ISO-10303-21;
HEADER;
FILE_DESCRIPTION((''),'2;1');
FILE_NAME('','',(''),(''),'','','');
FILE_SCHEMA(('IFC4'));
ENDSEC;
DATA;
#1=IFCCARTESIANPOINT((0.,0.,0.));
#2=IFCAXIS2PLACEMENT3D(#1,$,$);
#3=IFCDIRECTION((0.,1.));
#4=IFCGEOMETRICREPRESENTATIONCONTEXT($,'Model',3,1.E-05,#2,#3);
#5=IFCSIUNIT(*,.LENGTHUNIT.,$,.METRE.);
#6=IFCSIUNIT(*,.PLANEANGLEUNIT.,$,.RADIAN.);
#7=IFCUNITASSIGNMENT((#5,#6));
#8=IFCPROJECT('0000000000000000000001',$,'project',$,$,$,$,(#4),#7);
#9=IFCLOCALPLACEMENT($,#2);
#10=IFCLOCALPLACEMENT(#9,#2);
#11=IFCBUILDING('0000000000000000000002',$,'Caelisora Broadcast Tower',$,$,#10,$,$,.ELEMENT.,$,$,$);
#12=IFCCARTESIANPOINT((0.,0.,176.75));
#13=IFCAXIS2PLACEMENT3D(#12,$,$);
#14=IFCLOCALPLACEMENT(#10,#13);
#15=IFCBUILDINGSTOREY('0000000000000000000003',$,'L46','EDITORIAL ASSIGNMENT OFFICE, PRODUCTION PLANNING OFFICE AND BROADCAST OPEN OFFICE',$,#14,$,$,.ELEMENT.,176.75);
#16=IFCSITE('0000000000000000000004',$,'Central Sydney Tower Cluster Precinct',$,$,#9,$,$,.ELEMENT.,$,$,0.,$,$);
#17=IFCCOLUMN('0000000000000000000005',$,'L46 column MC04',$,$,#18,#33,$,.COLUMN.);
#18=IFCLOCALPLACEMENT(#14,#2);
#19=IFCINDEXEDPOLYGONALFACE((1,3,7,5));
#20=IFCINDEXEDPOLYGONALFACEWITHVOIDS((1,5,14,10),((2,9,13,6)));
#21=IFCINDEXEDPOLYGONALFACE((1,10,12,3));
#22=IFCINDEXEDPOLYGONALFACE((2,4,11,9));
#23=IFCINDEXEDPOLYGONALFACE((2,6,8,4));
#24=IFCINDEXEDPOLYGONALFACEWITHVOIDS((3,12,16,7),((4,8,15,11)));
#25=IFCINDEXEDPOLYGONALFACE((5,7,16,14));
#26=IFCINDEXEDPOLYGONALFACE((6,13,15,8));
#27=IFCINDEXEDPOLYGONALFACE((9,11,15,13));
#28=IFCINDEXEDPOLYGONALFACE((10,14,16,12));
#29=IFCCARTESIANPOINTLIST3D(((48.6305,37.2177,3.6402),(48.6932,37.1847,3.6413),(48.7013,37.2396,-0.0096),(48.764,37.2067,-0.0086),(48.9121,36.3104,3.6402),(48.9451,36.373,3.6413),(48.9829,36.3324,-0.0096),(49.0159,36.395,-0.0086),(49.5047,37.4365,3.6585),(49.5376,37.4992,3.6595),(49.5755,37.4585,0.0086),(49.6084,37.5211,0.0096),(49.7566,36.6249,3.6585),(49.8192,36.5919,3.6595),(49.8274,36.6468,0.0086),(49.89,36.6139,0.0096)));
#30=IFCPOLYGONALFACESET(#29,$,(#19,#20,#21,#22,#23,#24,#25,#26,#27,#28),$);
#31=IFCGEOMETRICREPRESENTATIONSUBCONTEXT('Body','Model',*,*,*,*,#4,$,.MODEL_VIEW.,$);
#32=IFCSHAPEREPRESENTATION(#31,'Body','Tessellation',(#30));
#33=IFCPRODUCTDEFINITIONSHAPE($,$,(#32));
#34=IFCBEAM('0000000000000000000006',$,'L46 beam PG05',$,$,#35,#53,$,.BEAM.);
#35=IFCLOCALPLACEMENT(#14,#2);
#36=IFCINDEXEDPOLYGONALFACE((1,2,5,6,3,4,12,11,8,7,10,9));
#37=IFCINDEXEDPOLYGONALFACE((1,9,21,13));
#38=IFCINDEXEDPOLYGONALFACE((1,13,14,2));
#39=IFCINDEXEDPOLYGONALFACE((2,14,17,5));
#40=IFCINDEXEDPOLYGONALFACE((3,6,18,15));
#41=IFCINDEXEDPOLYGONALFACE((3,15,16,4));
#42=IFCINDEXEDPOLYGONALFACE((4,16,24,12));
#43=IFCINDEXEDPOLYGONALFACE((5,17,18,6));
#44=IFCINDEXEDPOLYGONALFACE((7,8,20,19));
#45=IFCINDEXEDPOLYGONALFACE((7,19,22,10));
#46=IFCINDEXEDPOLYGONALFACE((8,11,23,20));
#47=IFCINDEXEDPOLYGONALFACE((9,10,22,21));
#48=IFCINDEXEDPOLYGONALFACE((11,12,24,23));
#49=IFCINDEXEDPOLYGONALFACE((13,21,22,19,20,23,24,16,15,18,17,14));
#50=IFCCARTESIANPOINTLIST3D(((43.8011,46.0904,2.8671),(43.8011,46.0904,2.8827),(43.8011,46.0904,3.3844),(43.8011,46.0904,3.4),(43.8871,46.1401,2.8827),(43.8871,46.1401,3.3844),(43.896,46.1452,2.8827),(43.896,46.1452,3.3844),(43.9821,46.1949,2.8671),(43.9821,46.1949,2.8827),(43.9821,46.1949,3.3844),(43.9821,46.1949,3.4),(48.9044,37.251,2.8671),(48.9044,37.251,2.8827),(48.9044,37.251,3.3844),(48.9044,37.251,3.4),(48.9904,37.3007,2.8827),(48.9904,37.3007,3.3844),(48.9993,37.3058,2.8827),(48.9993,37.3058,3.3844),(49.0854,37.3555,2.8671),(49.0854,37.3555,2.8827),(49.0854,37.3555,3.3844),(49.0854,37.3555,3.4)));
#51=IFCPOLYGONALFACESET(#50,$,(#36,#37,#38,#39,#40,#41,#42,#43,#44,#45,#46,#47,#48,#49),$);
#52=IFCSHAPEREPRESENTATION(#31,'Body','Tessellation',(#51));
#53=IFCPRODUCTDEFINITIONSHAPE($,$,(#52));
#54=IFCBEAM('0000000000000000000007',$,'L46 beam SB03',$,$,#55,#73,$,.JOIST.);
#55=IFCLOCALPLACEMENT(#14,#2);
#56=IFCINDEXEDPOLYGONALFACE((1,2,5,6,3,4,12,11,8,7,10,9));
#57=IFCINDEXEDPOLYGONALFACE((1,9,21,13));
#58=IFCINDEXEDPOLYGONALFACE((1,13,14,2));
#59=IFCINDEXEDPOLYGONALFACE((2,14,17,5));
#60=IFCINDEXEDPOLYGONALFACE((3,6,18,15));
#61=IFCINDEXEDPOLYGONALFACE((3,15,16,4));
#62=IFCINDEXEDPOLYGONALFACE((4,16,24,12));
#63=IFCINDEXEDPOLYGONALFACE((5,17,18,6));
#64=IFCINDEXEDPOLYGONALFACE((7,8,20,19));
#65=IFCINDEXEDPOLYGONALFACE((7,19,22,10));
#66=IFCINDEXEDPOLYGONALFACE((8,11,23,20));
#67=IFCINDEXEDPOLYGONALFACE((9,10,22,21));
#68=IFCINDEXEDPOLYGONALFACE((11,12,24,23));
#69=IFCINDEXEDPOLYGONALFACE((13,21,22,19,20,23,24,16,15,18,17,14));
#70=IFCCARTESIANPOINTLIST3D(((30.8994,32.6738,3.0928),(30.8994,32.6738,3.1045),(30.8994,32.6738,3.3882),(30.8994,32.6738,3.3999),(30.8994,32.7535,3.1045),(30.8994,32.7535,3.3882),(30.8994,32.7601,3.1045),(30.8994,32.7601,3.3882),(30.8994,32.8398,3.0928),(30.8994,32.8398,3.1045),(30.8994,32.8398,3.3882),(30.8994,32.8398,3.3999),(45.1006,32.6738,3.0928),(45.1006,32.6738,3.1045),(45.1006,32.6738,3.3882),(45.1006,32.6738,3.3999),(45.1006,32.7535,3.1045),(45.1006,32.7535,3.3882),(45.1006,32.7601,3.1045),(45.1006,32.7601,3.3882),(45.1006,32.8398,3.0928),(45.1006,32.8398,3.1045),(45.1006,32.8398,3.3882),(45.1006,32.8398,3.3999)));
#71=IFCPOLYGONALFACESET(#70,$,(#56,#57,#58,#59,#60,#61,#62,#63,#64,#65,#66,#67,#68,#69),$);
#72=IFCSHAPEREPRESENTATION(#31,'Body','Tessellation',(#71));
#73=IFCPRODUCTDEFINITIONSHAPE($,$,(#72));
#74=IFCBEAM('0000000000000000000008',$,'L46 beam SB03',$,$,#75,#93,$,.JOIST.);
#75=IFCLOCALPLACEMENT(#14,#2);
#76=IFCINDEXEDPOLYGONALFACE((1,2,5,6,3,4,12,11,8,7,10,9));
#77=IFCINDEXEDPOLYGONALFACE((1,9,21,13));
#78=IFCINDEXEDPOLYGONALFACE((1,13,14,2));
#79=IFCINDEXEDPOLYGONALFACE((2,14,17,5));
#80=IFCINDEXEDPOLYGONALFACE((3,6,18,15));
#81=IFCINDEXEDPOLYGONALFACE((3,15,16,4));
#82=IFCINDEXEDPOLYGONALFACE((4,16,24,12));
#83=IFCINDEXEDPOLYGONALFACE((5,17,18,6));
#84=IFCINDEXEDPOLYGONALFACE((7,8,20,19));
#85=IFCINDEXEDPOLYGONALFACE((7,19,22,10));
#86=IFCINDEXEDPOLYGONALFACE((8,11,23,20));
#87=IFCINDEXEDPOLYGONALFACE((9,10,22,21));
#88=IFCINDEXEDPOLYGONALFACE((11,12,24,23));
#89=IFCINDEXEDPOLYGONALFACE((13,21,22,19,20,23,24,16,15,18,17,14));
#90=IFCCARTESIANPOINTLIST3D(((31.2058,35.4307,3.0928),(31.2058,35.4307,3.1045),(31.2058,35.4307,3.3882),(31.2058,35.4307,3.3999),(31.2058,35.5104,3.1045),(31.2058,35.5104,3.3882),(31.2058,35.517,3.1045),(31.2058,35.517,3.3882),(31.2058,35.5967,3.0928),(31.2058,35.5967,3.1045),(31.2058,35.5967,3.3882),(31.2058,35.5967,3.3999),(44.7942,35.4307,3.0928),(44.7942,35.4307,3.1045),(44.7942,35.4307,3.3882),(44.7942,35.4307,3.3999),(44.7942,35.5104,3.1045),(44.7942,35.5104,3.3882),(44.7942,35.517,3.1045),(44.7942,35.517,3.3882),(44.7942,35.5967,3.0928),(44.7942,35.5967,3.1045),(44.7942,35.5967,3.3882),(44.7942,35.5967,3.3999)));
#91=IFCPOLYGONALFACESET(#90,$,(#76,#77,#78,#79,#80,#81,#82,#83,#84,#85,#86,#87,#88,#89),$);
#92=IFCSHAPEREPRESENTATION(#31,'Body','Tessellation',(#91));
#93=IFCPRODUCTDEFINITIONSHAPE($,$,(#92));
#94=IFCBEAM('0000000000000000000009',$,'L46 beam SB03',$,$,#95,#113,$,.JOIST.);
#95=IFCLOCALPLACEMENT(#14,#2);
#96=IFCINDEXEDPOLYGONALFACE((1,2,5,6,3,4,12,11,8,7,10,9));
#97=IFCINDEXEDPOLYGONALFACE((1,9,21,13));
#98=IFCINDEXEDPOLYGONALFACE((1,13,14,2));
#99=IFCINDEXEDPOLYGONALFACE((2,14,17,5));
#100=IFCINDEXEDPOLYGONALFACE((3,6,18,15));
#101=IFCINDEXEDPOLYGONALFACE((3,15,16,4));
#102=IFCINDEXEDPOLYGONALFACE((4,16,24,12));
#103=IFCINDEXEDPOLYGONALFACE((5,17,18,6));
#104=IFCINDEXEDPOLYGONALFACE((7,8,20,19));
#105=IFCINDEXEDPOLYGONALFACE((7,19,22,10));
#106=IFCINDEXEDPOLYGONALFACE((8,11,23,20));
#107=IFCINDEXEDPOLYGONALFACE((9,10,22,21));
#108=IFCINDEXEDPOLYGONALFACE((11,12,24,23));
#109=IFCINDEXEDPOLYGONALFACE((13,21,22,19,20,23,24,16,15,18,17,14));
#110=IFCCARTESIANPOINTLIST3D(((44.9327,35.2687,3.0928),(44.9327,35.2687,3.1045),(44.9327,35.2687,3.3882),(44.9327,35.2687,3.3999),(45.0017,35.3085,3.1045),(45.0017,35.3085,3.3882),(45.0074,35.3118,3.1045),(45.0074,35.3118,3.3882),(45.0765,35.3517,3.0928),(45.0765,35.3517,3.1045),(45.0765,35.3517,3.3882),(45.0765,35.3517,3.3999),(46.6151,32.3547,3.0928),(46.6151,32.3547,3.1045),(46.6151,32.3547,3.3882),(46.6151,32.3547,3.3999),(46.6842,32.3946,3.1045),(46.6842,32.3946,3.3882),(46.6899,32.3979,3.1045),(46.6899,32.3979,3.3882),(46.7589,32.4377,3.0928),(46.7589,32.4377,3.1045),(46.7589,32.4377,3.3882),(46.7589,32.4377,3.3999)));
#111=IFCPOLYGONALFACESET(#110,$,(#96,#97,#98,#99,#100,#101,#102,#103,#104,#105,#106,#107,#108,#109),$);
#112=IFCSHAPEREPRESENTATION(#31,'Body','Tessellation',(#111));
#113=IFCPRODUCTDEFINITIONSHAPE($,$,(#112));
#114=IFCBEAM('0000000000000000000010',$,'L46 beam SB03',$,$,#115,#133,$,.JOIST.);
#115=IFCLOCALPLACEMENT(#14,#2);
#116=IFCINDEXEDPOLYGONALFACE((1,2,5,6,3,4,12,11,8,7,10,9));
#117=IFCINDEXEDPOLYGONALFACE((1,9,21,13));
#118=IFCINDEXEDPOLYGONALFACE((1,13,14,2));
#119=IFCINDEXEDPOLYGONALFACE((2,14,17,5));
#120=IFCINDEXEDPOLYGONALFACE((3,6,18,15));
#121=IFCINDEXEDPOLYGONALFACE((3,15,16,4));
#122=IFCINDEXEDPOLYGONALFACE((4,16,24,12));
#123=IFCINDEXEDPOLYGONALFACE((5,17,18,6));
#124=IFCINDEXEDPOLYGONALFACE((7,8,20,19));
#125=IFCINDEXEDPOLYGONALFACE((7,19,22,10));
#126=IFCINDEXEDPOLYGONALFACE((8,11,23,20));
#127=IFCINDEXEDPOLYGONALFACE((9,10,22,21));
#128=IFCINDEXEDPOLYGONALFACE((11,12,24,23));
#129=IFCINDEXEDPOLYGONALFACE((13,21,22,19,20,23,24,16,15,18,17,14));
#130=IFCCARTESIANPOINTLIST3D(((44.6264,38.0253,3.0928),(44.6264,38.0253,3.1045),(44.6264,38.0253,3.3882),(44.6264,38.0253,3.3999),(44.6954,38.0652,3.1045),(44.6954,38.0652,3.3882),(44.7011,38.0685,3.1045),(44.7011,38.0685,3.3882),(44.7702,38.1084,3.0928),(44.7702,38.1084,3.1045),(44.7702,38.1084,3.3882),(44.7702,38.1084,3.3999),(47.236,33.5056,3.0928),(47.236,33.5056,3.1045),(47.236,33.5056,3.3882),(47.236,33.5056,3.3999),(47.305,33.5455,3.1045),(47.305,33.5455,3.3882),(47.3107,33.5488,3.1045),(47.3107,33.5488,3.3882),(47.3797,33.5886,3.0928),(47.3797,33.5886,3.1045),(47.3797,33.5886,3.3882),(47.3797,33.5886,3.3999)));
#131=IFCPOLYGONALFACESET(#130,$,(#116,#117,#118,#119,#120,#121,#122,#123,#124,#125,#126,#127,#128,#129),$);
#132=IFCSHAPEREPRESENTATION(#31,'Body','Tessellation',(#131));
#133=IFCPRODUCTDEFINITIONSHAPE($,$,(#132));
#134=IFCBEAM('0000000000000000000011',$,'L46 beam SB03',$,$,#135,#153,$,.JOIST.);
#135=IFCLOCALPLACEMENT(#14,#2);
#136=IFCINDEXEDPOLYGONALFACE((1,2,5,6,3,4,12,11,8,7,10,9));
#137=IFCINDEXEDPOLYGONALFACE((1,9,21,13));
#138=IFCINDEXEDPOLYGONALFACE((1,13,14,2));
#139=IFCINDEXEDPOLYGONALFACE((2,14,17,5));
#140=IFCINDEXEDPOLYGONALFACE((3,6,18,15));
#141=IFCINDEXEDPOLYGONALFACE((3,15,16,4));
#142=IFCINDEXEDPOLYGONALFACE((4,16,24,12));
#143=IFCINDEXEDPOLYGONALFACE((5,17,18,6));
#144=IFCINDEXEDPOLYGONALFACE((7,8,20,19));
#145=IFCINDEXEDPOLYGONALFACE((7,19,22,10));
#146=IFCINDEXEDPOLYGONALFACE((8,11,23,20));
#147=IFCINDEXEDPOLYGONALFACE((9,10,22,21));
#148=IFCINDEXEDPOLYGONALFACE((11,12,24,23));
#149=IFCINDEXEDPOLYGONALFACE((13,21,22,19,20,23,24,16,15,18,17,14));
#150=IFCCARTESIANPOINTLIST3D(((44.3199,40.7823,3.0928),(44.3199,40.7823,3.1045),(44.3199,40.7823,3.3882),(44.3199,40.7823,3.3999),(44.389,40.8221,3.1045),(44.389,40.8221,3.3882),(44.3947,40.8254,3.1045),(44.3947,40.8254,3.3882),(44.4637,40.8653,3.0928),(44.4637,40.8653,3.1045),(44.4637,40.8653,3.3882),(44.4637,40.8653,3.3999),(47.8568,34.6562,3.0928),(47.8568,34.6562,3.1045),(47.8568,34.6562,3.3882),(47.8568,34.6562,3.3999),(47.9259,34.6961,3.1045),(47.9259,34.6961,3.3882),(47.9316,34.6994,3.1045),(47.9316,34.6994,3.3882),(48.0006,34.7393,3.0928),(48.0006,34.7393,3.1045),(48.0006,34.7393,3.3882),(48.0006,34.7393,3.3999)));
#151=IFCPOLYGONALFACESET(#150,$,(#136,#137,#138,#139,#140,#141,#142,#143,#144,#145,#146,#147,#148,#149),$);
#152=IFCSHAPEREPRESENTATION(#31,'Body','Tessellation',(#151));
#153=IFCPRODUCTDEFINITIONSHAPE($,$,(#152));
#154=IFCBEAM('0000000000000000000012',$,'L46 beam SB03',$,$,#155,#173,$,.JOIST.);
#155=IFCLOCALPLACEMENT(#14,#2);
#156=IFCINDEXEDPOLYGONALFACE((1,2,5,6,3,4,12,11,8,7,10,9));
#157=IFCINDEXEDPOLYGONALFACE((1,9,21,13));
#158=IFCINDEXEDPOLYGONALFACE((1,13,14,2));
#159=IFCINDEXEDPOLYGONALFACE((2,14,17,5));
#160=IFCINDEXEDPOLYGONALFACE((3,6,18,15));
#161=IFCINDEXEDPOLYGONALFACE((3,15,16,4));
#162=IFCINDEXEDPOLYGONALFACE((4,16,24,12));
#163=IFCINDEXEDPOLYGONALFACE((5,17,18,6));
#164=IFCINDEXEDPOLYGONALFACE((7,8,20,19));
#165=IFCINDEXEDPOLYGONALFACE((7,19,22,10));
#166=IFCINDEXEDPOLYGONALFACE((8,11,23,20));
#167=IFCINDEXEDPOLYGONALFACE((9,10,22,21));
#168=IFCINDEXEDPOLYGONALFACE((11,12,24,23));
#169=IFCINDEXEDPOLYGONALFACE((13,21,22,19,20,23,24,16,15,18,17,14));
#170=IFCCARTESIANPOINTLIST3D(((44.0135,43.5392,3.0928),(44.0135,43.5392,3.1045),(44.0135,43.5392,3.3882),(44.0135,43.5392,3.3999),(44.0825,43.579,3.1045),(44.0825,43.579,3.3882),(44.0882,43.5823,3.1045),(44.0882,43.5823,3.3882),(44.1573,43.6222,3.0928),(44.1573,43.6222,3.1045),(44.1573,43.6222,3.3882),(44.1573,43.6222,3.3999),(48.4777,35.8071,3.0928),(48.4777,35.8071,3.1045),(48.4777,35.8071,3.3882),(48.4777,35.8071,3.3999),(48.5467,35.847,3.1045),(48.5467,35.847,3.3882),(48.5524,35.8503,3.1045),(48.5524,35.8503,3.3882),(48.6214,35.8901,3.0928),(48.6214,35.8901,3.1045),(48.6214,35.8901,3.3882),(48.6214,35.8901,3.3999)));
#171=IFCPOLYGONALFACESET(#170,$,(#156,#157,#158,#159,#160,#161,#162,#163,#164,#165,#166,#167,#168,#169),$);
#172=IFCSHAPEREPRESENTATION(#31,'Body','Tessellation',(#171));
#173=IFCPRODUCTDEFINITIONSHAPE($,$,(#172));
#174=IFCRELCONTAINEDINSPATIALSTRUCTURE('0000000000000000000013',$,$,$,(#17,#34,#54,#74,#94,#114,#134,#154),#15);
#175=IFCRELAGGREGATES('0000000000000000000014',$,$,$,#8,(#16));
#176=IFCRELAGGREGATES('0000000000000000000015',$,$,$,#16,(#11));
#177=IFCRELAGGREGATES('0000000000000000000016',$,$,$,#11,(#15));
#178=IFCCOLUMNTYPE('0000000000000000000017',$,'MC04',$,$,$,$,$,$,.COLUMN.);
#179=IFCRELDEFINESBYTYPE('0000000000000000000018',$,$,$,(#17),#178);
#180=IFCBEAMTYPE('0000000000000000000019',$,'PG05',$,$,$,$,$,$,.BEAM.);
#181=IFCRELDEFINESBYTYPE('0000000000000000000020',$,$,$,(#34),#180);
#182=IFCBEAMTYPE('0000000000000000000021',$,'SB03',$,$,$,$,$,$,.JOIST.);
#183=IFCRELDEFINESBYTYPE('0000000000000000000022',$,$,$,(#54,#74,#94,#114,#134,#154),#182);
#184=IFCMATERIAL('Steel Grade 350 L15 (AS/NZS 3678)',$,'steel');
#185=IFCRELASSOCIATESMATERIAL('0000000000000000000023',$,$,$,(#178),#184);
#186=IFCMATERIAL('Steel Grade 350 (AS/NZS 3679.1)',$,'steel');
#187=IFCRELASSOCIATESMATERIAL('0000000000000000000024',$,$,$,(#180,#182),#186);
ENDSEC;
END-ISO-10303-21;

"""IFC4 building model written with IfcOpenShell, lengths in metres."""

from ifc_helpers import new_model, si_unit, direction, frame, origin, origin_2d, place, context, subcontext, project, spatial, hollow_rectangle, i_section, extrude, source, transform, mapped, material, material_profile, profile_set, type_object, type_shapes, element, save


model = new_model("IFC4")

# Units and contexts
model_context = context("Model", 3, precision=1e-05, world=origin(), true_north=direction((0.0, 1.0)))
body_context = subcontext(model_context, "Body", "Model", "MODEL_VIEW")
ifc_project = project(units=[si_unit("LENGTHUNIT", "METRE"), si_unit("PLANEANGLEUNIT", "RADIAN")], contexts=[model_context])

# Site, building, storey
site_placement = place(None, origin())
site = spatial("IfcSite", under=ifc_project, at=site_placement, Name="Central Sydney Tower Cluster Precinct", CompositionType="ELEMENT", RefElevation=0.0)
building_placement = place(site_placement, origin())
building = spatial("IfcBuilding", under=site, at=building_placement, Name="Caelisora Broadcast Tower", CompositionType="ELEMENT")
storey_placement = place(building_placement, frame((0.0, 0.0, 176.75)))
storey = spatial("IfcBuildingStorey", under=building, at=storey_placement, Name="L46", Description="EDITORIAL ASSIGNMENT OFFICE, PRODUCTION PLANNING OFFICE AND BROADCAST OPEN OFFICE", CompositionType="ELEMENT", Elevation=176.75)

# Column
ifc_material_1 = material(Name="Steel Grade 350 L15 (AS/NZS 3678)", Category="steel")
ifc_material_profile_1 = material_profile(ifc_material_1, hollow_rectangle(XDim=0.95, YDim=0.95, WallThickness=0.05, at=origin_2d()), Name="Steel Grade 350 L15 (AS/NZS 3678)")
ifc_profile_set_1 = profile_set([ifc_material_profile_1], Name="Steel Grade 350 L15 (AS/NZS 3678)")
column_type = type_object("IfcColumnType", Name="MC04", PredefinedType="COLUMN", material=ifc_profile_set_1)
shared_shape_1 = source(origin(), body_context, "Body", "SweptSolid", [
    extrude(hollow_rectangle(XDim=0.95, YDim=0.95, WallThickness=0.05, at=origin_2d()), origin(), (0.0, 0.0, 1.0), 3.6506),
])
type_shapes(column_type, [shared_shape_1])
column_placement = place(storey_placement, frame((49.2957, 36.9268, 0.0), z_axis=(-0.019394, -0.006019, 0.999794), x_axis=(0.296399, -0.955064, 0.0)))
element("IfcColumn", 1, at=column_placement, inside=storey, type_object=column_type, Name="L46 column MC04", PredefinedType="COLUMN", context=body_context, shape_type="MappedRepresentation", body=[
    mapped(shared_shape_1, transform((0.0, 0.0, 0.0), scale=1.0)),
])

# Beams
ifc_material_2 = material(Name="Steel Grade 350 (AS/NZS 3679.1)", Category="steel")
ifc_material_profile_2 = material_profile(ifc_material_2, i_section(OverallWidth=0.209, OverallDepth=0.533, WebThickness=0.0103, FlangeThickness=0.0156, at=origin_2d()), Name="Steel Grade 350 (AS/NZS 3679.1)")
ifc_profile_set_2 = profile_set([ifc_material_profile_2], Name="Steel Grade 350 (AS/NZS 3679.1)")
beam_type_1 = type_object("IfcBeamType", Name="PG05", PredefinedType="BEAM", material=ifc_profile_set_2)
shared_shape_2 = source(origin(), body_context, "Body", "SweptSolid", [
    extrude(i_section(OverallWidth=0.209, OverallDepth=0.533, WebThickness=0.0103, FlangeThickness=0.0156, at=origin_2d()), origin(), (0.0, 0.0, 1.0), 10.2068),
])
type_shapes(beam_type_1, [shared_shape_2])
beam_1_placement = place(storey_placement, frame((48.9949, 37.3032, 3.1335), z_axis=(-0.49999, 0.866031, 0.0), x_axis=(-0.866031, -0.49999, 0.0)))
element("IfcBeam", 2, at=beam_1_placement, inside=storey, type_object=beam_type_1, Name="L46 beam PG05", PredefinedType="BEAM", context=body_context, shape_type="MappedRepresentation", body=[
    mapped(shared_shape_2, transform((0.0, 0.0, 0.0), scale=1.0)),
])
ifc_material_profile_3 = material_profile(ifc_material_2, i_section(OverallWidth=0.166, OverallDepth=0.3071, WebThickness=0.0066, FlangeThickness=0.0117, at=origin_2d()), Name="Steel Grade 350 (AS/NZS 3679.1)")
ifc_profile_set_3 = profile_set([ifc_material_profile_3], Name="Steel Grade 350 (AS/NZS 3679.1)")
beam_type_2 = type_object("IfcBeamType", Name="SB03", PredefinedType="JOIST", material=ifc_profile_set_3)
shared_shape_3 = source(origin(), body_context, "Body", "SweptSolid", [
    extrude(i_section(OverallWidth=0.166, OverallDepth=0.3071, WebThickness=0.0066, FlangeThickness=0.0117, at=origin_2d()), origin(), (0.0, 0.0, 1.0), 14.2012),
])
beam_2_placement = place(storey_placement, frame((45.1006, 32.7568, 3.2463), z_axis=(-1.0, 0.0, 0.0), x_axis=(0.0, -1.0, 0.0)))
element("IfcBeam", 3, at=beam_2_placement, inside=storey, type_object=beam_type_2, Name="L46 beam SB03", PredefinedType="JOIST", context=body_context, shape_type="MappedRepresentation", body=[
    mapped(shared_shape_3, transform((0.0, 0.0, 0.0), scale=1.0)),
])
shared_shape_4 = source(origin(), body_context, "Body", "SweptSolid", [
    extrude(i_section(OverallWidth=0.166, OverallDepth=0.3071, WebThickness=0.0066, FlangeThickness=0.0117, at=origin_2d()), origin(), (0.0, 0.0, 1.0), 13.5884),
])
beam_3_placement = place(storey_placement, frame((44.7942, 35.5137, 3.2463), z_axis=(-1.0, 0.0, 0.0), x_axis=(0.0, -1.0, 0.0)))
element("IfcBeam", 4, at=beam_3_placement, inside=storey, type_object=beam_type_2, Name="L46 beam SB03", PredefinedType="JOIST", context=body_context, shape_type="MappedRepresentation", body=[
    mapped(shared_shape_4, transform((0.0, 0.0, 0.0), scale=1.0)),
])
shared_shape_5 = source(origin(), body_context, "Body", "SweptSolid", [
    extrude(i_section(OverallWidth=0.166, OverallDepth=0.3071, WebThickness=0.0066, FlangeThickness=0.0117, at=origin_2d()), origin(), (0.0, 0.0, 1.0), 3.3647),
])
beam_4_placement = place(storey_placement, frame((46.687, 32.3962, 3.2463), z_axis=(-0.500018, 0.866015, 0.0), x_axis=(-0.866015, -0.500018, 0.0)))
element("IfcBeam", 5, at=beam_4_placement, inside=storey, type_object=beam_type_2, Name="L46 beam SB03", PredefinedType="JOIST", context=body_context, shape_type="MappedRepresentation", body=[
    mapped(shared_shape_5, transform((0.0, 0.0, 0.0), scale=1.0)),
])
shared_shape_6 = source(origin(), body_context, "Body", "SweptSolid", [
    extrude(i_section(OverallWidth=0.166, OverallDepth=0.3071, WebThickness=0.0066, FlangeThickness=0.0117, at=origin_2d()), origin(), (0.0, 0.0, 1.0), 5.219),
])
beam_5_placement = place(storey_placement, frame((47.3079, 33.5471, 3.2463), z_axis=(-0.500018, 0.866015, 0.0), x_axis=(-0.866015, -0.500018, 0.0)))
element("IfcBeam", 6, at=beam_5_placement, inside=storey, type_object=beam_type_2, Name="L46 beam SB03", PredefinedType="JOIST", context=body_context, shape_type="MappedRepresentation", body=[
    mapped(shared_shape_6, transform((0.0, 0.0, 0.0), scale=1.0)),
])
shared_shape_7 = source(origin(), body_context, "Body", "SweptSolid", [
    extrude(i_section(OverallWidth=0.166, OverallDepth=0.3071, WebThickness=0.0066, FlangeThickness=0.0117, at=origin_2d()), origin(), (0.0, 0.0, 1.0), 7.0737),
])
beam_6_placement = place(storey_placement, frame((47.9287, 34.6978, 3.2463), z_axis=(-0.500003, 0.866024, 0.0), x_axis=(-0.866024, -0.500003, 0.0)))
element("IfcBeam", 7, at=beam_6_placement, inside=storey, type_object=beam_type_2, Name="L46 beam SB03", PredefinedType="JOIST", context=body_context, shape_type="MappedRepresentation", body=[
    mapped(shared_shape_7, transform((0.0, 0.0, 0.0), scale=1.0)),
])
shared_shape_8 = source(origin(), body_context, "Body", "SweptSolid", [
    extrude(i_section(OverallWidth=0.166, OverallDepth=0.3071, WebThickness=0.0066, FlangeThickness=0.0117, at=origin_2d()), origin(), (0.0, 0.0, 1.0), 8.9282),
])
type_shapes(beam_type_2, [shared_shape_3, shared_shape_4, shared_shape_5, shared_shape_6, shared_shape_7, shared_shape_8])
beam_7_placement = place(storey_placement, frame((48.5496, 35.8486, 3.2463), z_axis=(-0.500007, 0.866022, 0.0), x_axis=(-0.866022, -0.500007, 0.0)))
element("IfcBeam", 8, at=beam_7_placement, inside=storey, type_object=beam_type_2, Name="L46 beam SB03", PredefinedType="JOIST", context=body_context, shape_type="MappedRepresentation", body=[
    mapped(shared_shape_8, transform((0.0, 0.0, 0.0), scale=1.0)),
])

save(model, "model.ifc")
